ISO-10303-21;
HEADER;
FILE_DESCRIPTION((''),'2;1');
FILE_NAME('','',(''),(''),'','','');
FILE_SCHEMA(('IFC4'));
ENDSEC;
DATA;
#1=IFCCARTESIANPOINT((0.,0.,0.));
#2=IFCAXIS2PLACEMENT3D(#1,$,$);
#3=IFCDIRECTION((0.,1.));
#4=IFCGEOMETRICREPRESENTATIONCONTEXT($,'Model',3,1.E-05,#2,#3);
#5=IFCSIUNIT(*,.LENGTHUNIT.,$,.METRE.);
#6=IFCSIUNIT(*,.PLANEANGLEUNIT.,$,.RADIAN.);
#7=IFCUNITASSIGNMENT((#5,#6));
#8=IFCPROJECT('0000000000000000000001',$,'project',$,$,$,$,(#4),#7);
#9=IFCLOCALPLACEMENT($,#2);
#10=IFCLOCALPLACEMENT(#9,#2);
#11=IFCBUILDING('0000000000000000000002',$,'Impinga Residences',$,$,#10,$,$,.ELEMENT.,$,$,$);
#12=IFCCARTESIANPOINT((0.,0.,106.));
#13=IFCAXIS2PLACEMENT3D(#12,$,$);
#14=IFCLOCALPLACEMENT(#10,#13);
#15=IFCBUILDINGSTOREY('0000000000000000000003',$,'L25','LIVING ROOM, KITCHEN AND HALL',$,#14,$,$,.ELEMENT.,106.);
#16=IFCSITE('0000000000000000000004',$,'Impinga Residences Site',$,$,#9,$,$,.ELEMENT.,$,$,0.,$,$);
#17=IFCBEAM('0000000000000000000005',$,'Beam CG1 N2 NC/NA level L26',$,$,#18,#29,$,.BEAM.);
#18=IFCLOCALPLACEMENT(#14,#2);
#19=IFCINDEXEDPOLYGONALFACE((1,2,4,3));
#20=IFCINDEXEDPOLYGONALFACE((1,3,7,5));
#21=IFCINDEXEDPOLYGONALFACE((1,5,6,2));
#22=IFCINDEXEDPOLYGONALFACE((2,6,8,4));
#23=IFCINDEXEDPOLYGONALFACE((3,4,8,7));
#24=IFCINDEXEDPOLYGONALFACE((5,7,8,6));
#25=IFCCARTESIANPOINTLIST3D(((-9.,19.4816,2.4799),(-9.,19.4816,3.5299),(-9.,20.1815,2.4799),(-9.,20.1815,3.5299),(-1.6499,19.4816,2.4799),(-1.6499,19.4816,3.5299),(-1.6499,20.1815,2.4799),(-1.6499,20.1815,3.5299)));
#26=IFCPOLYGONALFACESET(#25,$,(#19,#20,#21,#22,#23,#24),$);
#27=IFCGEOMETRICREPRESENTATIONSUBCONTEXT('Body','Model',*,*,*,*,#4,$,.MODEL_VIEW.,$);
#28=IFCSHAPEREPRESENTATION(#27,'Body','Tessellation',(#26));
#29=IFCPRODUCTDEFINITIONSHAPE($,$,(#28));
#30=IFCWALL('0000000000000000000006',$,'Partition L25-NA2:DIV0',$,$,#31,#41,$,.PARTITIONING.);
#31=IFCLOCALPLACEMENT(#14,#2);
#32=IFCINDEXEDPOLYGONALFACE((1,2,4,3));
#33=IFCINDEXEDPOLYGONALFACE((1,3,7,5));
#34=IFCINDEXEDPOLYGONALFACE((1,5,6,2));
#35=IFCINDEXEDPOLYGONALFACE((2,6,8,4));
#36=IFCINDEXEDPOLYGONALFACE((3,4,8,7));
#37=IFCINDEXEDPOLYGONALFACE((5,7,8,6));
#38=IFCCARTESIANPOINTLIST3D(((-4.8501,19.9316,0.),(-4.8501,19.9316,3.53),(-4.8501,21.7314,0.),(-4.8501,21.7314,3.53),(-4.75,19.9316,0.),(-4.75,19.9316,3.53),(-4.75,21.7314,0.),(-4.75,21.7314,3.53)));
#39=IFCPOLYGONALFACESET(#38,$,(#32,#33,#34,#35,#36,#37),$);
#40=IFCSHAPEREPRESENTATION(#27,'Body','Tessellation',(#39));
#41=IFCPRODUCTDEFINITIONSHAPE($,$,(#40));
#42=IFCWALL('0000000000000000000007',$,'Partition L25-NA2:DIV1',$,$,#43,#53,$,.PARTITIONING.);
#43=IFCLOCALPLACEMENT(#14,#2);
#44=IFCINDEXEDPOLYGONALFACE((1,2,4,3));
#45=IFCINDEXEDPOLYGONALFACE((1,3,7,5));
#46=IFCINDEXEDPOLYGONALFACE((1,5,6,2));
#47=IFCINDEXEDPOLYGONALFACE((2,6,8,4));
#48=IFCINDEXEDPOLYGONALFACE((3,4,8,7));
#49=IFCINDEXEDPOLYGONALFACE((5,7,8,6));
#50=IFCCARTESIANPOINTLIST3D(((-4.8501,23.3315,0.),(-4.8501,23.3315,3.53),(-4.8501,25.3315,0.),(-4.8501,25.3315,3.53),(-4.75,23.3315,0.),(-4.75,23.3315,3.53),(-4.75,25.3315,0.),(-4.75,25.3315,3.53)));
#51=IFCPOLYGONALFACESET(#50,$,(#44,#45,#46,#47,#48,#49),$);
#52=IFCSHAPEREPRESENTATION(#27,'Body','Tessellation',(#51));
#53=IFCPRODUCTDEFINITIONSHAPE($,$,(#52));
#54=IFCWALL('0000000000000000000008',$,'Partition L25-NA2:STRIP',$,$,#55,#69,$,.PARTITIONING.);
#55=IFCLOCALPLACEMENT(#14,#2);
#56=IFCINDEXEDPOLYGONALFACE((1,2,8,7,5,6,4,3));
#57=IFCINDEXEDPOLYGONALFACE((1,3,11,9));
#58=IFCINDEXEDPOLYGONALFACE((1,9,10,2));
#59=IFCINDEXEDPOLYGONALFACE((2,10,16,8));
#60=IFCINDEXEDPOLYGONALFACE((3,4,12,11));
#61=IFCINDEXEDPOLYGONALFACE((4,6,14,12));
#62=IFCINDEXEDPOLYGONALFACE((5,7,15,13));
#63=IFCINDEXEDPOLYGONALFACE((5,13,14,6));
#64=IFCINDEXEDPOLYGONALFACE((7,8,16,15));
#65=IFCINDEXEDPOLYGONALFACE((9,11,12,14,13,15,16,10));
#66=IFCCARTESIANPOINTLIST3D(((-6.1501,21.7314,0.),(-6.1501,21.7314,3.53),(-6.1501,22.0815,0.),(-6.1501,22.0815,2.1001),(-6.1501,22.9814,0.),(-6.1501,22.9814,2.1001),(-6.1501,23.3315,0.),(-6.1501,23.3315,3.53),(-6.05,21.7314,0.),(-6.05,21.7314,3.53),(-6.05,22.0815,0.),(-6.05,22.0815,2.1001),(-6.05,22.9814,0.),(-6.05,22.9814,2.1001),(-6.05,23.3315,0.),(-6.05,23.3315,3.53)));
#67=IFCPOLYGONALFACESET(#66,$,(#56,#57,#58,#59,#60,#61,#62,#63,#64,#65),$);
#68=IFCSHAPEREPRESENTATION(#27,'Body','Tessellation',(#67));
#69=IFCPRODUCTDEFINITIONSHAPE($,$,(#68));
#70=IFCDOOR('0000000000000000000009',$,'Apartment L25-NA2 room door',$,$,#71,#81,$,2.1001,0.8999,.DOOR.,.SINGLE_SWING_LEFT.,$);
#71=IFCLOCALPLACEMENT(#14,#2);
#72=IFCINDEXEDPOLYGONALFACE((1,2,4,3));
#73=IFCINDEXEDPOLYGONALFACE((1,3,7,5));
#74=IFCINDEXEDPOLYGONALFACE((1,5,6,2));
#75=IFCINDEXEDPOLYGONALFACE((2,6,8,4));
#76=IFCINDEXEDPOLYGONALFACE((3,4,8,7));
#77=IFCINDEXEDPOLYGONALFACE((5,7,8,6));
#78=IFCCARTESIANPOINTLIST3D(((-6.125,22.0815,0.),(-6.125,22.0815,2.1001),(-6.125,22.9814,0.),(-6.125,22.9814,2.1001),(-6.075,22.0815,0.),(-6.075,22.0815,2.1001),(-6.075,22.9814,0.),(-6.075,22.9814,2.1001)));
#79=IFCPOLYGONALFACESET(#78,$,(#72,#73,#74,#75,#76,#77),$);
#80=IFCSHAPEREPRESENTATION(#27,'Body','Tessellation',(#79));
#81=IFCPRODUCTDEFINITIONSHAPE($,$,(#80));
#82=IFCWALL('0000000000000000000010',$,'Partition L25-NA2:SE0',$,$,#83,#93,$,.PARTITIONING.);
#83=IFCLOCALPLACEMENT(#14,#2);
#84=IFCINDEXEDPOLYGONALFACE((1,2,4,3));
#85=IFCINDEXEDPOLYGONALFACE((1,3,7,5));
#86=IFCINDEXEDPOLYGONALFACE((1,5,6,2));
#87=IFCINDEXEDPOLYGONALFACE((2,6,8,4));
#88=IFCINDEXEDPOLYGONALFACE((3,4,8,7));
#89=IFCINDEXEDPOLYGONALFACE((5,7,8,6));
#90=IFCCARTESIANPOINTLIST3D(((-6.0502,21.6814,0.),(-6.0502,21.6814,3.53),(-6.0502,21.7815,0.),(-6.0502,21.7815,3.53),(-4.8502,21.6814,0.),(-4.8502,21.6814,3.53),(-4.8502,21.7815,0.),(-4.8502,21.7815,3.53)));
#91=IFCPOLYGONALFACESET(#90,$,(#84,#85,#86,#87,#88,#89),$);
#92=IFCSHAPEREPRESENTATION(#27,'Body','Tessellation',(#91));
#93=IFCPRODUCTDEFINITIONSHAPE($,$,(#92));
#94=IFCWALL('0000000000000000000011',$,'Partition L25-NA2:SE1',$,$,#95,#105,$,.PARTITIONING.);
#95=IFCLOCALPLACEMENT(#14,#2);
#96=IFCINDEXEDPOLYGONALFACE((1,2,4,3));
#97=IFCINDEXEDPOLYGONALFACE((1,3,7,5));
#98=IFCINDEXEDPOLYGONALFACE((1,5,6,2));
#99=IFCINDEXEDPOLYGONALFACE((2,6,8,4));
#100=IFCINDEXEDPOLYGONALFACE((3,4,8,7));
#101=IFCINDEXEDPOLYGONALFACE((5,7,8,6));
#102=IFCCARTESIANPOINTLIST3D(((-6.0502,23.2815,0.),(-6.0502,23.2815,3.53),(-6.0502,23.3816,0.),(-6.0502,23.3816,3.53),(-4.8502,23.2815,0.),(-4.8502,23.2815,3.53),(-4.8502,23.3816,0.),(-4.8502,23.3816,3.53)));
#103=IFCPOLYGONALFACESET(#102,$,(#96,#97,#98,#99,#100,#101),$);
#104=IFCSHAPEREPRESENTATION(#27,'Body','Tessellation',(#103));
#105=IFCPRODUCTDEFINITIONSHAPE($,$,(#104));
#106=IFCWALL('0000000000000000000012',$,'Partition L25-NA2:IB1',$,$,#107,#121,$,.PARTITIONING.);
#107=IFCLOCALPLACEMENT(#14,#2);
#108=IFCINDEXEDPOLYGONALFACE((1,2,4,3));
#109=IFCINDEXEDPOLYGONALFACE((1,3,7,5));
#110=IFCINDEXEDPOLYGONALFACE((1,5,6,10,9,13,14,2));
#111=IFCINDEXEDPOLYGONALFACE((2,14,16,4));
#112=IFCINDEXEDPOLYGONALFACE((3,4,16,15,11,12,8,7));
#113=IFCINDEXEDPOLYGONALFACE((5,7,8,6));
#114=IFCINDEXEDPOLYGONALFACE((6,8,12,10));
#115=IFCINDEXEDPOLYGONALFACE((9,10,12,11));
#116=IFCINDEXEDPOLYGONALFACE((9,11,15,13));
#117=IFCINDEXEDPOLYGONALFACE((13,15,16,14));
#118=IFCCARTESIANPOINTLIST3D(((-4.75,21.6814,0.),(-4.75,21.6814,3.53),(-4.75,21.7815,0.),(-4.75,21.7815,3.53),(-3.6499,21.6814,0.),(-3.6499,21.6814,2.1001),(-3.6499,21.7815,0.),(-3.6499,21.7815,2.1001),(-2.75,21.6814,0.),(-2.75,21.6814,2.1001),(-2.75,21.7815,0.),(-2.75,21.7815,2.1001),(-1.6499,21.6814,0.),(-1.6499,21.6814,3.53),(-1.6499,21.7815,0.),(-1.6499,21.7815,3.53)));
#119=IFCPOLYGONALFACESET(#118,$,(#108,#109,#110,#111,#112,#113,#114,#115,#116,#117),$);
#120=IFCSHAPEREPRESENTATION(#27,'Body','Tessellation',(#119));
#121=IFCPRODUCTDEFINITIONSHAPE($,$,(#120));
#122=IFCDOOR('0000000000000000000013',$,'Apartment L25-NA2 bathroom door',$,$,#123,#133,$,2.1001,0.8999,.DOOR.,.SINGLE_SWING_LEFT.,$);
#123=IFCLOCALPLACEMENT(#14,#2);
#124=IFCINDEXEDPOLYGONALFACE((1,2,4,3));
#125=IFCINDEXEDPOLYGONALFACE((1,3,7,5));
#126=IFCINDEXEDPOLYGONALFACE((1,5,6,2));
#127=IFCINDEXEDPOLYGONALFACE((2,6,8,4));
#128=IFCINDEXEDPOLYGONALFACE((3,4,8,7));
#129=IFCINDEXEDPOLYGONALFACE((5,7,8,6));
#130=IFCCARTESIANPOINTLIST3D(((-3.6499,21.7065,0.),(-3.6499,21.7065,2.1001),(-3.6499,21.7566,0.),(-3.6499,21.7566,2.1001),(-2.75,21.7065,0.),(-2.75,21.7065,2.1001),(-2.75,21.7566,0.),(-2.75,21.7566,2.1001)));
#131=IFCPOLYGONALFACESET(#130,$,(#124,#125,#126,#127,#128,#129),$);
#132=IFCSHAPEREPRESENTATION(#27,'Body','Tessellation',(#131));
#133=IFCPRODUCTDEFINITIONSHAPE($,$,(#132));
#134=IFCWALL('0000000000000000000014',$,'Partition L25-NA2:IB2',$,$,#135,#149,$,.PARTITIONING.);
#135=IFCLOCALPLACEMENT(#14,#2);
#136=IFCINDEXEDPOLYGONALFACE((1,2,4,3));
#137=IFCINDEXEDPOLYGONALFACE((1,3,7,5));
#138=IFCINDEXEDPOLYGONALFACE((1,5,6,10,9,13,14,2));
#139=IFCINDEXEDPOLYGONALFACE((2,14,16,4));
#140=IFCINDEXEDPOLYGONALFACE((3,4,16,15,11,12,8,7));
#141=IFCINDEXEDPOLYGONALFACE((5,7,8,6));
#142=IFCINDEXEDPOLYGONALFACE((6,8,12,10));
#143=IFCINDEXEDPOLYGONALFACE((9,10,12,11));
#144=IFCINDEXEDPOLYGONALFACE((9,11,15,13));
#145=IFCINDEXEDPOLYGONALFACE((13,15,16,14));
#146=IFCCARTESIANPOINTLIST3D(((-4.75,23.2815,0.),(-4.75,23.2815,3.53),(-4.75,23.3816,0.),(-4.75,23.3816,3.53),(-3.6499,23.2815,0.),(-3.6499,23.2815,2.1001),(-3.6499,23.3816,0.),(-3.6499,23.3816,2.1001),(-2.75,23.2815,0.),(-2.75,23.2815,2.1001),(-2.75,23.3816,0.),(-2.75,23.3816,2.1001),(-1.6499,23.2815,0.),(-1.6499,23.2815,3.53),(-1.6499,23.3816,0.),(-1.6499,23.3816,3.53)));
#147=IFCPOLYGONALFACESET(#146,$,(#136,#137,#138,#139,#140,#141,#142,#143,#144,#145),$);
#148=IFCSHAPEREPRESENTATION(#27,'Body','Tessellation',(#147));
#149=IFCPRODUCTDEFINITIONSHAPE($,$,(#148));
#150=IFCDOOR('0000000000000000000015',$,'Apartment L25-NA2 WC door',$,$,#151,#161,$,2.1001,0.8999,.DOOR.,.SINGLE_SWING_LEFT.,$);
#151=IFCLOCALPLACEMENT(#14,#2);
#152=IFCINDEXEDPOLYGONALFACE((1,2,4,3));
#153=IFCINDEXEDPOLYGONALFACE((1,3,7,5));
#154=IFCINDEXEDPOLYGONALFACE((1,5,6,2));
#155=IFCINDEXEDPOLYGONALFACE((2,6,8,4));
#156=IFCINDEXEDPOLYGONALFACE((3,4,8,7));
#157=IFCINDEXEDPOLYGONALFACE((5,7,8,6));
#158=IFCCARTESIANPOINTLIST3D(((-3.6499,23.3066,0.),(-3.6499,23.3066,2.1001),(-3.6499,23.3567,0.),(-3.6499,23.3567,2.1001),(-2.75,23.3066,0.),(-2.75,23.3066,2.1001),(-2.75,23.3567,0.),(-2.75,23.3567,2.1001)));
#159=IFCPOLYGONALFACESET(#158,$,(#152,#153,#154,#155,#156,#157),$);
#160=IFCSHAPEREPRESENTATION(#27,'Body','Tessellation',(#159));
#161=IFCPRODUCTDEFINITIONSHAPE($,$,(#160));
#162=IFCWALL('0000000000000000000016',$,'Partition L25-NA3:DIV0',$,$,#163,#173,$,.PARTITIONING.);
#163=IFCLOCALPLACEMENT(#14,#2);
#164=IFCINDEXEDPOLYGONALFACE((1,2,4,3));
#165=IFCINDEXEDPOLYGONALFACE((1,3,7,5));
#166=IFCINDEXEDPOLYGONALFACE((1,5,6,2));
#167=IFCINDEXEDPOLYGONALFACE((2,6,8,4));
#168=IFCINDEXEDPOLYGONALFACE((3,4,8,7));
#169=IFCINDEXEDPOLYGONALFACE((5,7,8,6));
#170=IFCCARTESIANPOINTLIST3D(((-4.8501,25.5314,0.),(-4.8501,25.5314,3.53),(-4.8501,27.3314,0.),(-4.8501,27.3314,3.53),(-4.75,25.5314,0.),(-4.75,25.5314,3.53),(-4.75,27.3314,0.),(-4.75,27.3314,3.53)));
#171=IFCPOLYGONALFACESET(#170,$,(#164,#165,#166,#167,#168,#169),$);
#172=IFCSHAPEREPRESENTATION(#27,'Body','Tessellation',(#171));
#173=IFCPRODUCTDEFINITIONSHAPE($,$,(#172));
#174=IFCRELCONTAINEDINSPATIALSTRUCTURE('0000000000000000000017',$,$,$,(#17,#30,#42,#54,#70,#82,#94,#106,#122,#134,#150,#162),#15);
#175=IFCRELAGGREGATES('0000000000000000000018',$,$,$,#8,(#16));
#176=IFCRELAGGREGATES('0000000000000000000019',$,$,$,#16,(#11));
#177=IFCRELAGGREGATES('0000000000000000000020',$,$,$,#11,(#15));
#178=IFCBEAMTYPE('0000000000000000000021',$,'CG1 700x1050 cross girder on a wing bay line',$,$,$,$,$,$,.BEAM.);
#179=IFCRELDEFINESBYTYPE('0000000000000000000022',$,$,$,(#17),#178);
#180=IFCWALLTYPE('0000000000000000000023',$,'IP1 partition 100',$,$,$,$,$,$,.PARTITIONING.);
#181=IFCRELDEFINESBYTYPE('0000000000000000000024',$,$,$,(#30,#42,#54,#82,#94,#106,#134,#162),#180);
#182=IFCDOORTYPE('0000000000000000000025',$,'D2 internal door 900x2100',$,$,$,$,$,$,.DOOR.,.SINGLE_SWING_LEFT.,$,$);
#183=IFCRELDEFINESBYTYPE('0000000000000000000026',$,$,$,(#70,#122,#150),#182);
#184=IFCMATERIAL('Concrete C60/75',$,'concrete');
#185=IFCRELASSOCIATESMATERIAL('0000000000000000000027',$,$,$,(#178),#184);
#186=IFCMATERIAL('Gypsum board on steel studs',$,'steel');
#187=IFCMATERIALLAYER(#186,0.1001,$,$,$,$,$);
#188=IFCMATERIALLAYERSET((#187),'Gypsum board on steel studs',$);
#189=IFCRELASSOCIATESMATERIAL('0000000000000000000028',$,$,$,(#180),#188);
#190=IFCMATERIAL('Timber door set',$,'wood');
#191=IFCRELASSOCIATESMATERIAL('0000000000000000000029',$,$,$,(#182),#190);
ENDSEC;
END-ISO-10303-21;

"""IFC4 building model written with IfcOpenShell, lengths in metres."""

from ifc_helpers import new_model, si_unit, direction, frame, frame_2d, origin, origin_2d, place, context, subcontext, project, spatial, rectangle, extrude, material, layer, layer_set, material_profile, profile_set, type_object, element, fill, save


model = new_model("IFC4")

# Units and contexts
model_context = context("Model", 3, precision=1e-05, world=origin(), true_north=direction((0.0, 1.0)))
body_context = subcontext(model_context, "Body", "Model", "MODEL_VIEW")
ifc_project = project(units=[si_unit("LENGTHUNIT", "METRE"), si_unit("PLANEANGLEUNIT", "RADIAN")], contexts=[model_context])

# Site, building, storey
site_placement = place(None, origin())
site = spatial("IfcSite", under=ifc_project, at=site_placement, Name="Impinga Residences Site", CompositionType="ELEMENT", RefElevation=0.0)
building_placement = place(site_placement, origin())
building = spatial("IfcBuilding", under=site, at=building_placement, Name="Impinga Residences", CompositionType="ELEMENT")
storey_placement = place(building_placement, frame((0.0, 0.0, 106.0)))
storey = spatial("IfcBuildingStorey", under=building, at=storey_placement, Name="L25", Description="LIVING ROOM, KITCHEN AND HALL", CompositionType="ELEMENT", Elevation=106.0)

# Beam
ifc_material_1 = material(Name="Concrete C60/75", Category="concrete")
ifc_material_profile = material_profile(ifc_material_1, rectangle(XDim=0.7, YDim=1.05, at=origin_2d()), Name="RC 700x1050")
ifc_profile_set = profile_set([ifc_material_profile], Name="Concrete C60/75")
beam_type = type_object("IfcBeamType", Name="CG1 700x1050 cross girder on a wing bay line", PredefinedType="BEAM", material=ifc_profile_set)
beam_placement = place(storey_placement, frame((-1.6499, 19.8315, 3.0049), z_axis=(-1.0, 0.0, 0.0), x_axis=(0.0, -1.0, 0.0)))
element("IfcBeam", 1, at=beam_placement, inside=storey, type_object=beam_type, Name="Beam CG1 N2 NC/NA level L26", PredefinedType="BEAM", context=body_context, shape_type="SweptSolid", body=[
    extrude(rectangle(XDim=0.7, YDim=1.05, at=origin_2d()), origin(), (0.0, 0.0, 1.0), 7.3501),
])

# Walls
ifc_material_2 = material(Name="Gypsum board on steel studs", Category="steel")
ifc_layer_1 = layer(ifc_material_2, 0.1001)
ifc_layer_set_1 = layer_set([ifc_layer_1], Name="Gypsum board on steel studs")
wall_type_1 = type_object("IfcWallType", Name="IP1 partition 100", PredefinedType="PARTITIONING", material=ifc_layer_set_1)
wall_1_placement = place(storey_placement, frame((-4.8, 19.9316, 0.0), z_axis=(0.0, 0.0, 1.0), x_axis=(0.0, 1.0, 0.0)))
element("IfcWall", 2, at=wall_1_placement, inside=storey, type_object=wall_type_1, Name="Partition L25-NA2:DIV0", PredefinedType="PARTITIONING", context=body_context, shape_type="SweptSolid", body=[
    extrude(rectangle(XDim=1.7998, YDim=0.1001, at=frame_2d((0.8999, 0.0))), origin(), (0.0, 0.0, 1.0), 3.53),
])
wall_2_placement = place(storey_placement, frame((-4.8, 23.3315, 0.0), z_axis=(0.0, 0.0, 1.0), x_axis=(0.0, 1.0, 0.0)))
element("IfcWall", 3, at=wall_2_placement, inside=storey, type_object=wall_type_1, Name="Partition L25-NA2:DIV1", PredefinedType="PARTITIONING", context=body_context, shape_type="SweptSolid", body=[
    extrude(rectangle(XDim=2.0, YDim=0.1001, at=frame_2d((1.0, 0.0))), origin(), (0.0, 0.0, 1.0), 3.53),
])

# Wall, opening, door
wall_3_placement = place(storey_placement, frame((-6.1001, 21.7314, 0.0), z_axis=(0.0, 0.0, 1.0), x_axis=(0.0, 1.0, 0.0)))
wall_3 = element("IfcWall", 4, at=wall_3_placement, inside=storey, type_object=wall_type_1, Name="Partition L25-NA2:STRIP", PredefinedType="PARTITIONING", context=body_context, shape_type="SweptSolid", body=[
    extrude(rectangle(XDim=1.6001, YDim=0.1001, at=frame_2d((0.8, 0.0))), origin(), (0.0, 0.0, 1.0), 3.53),
])
opening_1_placement = place(wall_3_placement, frame((0.3501, 0.0, 0.0)))
opening_1 = element("IfcOpeningElement", 5, at=opening_1_placement, cuts=wall_3, PredefinedType="OPENING", context=body_context, shape_type="SweptSolid", body=[
    extrude(rectangle(XDim=0.8999, YDim=2.1001, at=frame_2d((0.45, 1.05))), frame((0.0, 0.0601, 0.0), z_axis=(0.0, -1.0, 0.0), x_axis=(1.0, 0.0, 0.0)), (0.0, 0.0, 1.0), 0.1201),
])
ifc_material_3 = material(Name="Timber door set", Category="wood")
door_type = type_object("IfcDoorType", Name="D2 internal door 900x2100", OperationType="SINGLE_SWING_LEFT", PredefinedType="DOOR", material=ifc_material_3)
door_1_placement = place(opening_1_placement, origin())
door_1 = element("IfcDoor", 6, at=door_1_placement, inside=storey, type_object=door_type, Name="Apartment L25-NA2 room door", OperationType="SINGLE_SWING_LEFT", OverallHeight=2.1001, OverallWidth=0.8999, PredefinedType="DOOR", context=body_context, shape_type="SweptSolid", body=[
    extrude(rectangle(XDim=0.8999, YDim=2.1001, at=frame_2d((0.45, 1.05))), frame((0.0, 0.0249, 0.0), z_axis=(0.0, -1.0, 0.0), x_axis=(1.0, 0.0, 0.0)), (0.0, 0.0, 1.0), 0.05),
])
fill(opening_1, door_1)

# Walls
for number, where, z_axis, x_axis, name in (
    (7, (-4.8501, 21.7314, 0.0), (0.0, 0.0, 1.0), (-1.0, 0.0, 0.0), "Partition L25-NA2:SE0"),
    (8, (-4.8501, 23.3315, 0.0), (0.0, 0.0, 1.0), (-1.0, 0.0, 0.0), "Partition L25-NA2:SE1"),
):
    element("IfcWall", number, at=place(storey_placement, frame(where, z_axis=z_axis, x_axis=x_axis)), inside=storey, type_object=wall_type_1, Name=name, PredefinedType="PARTITIONING", context=body_context, shape_type="SweptSolid", body=[
        extrude(rectangle(XDim=1.2, YDim=0.1001, at=frame_2d((0.6001, 0.0))), origin(), (0.0, 0.0, 1.0), 3.53),
    ])

# Walls, openings, doors
wall_4_placement = place(storey_placement, frame((-1.6499, 21.7314, 0.0), z_axis=(0.0, 0.0, 1.0), x_axis=(-1.0, 0.0, 0.0)))
wall_4 = element("IfcWall", 9, at=wall_4_placement, inside=storey, type_object=wall_type_1, Name="Partition L25-NA2:IB1", PredefinedType="PARTITIONING", context=body_context, shape_type="SweptSolid", body=[
    extrude(rectangle(XDim=3.1001, YDim=0.1001, at=frame_2d((1.55, 0.0))), origin(), (0.0, 0.0, 1.0), 3.53),
])
opening_2_placement = place(wall_4_placement, frame((1.1001, 0.0, 0.0)))
opening_2 = element("IfcOpeningElement", 10, at=opening_2_placement, cuts=wall_4, PredefinedType="OPENING", context=body_context, shape_type="SweptSolid", body=[
    extrude(rectangle(XDim=0.8999, YDim=2.1001, at=frame_2d((0.45, 1.05))), frame((0.0, 0.0601, 0.0), z_axis=(0.0, -1.0, 0.0), x_axis=(1.0, 0.0, 0.0)), (0.0, 0.0, 1.0), 0.1201),
])
door_2_placement = place(opening_2_placement, origin())
door_2 = element("IfcDoor", 11, at=door_2_placement, inside=storey, type_object=door_type, Name="Apartment L25-NA2 bathroom door", OperationType="SINGLE_SWING_LEFT", OverallHeight=2.1001, OverallWidth=0.8999, PredefinedType="DOOR", context=body_context, shape_type="SweptSolid", body=[
    extrude(rectangle(XDim=0.8999, YDim=2.1001, at=frame_2d((0.45, 1.05))), frame((0.0, 0.0249, 0.0), z_axis=(0.0, -1.0, 0.0), x_axis=(1.0, 0.0, 0.0)), (0.0, 0.0, 1.0), 0.05),
])
fill(opening_2, door_2)
wall_5_placement = place(storey_placement, frame((-1.6499, 23.3315, 0.0), z_axis=(0.0, 0.0, 1.0), x_axis=(-1.0, 0.0, 0.0)))
wall_5 = element("IfcWall", 12, at=wall_5_placement, inside=storey, type_object=wall_type_1, Name="Partition L25-NA2:IB2", PredefinedType="PARTITIONING", context=body_context, shape_type="SweptSolid", body=[
    extrude(rectangle(XDim=3.1001, YDim=0.1001, at=frame_2d((1.55, 0.0))), origin(), (0.0, 0.0, 1.0), 3.53),
])
opening_3_placement = place(wall_5_placement, frame((1.1001, 0.0, 0.0)))
opening_3 = element("IfcOpeningElement", 13, at=opening_3_placement, cuts=wall_5, PredefinedType="OPENING", context=body_context, shape_type="SweptSolid", body=[
    extrude(rectangle(XDim=0.8999, YDim=2.1001, at=frame_2d((0.45, 1.05))), frame((0.0, 0.0601, 0.0), z_axis=(0.0, -1.0, 0.0), x_axis=(1.0, 0.0, 0.0)), (0.0, 0.0, 1.0), 0.1201),
])
door_3_placement = place(opening_3_placement, origin())
door_3 = element("IfcDoor", 14, at=door_3_placement, inside=storey, type_object=door_type, Name="Apartment L25-NA2 WC door", OperationType="SINGLE_SWING_LEFT", OverallHeight=2.1001, OverallWidth=0.8999, PredefinedType="DOOR", context=body_context, shape_type="SweptSolid", body=[
    extrude(rectangle(XDim=0.8999, YDim=2.1001, at=frame_2d((0.45, 1.05))), frame((0.0, 0.0249, 0.0), z_axis=(0.0, -1.0, 0.0), x_axis=(1.0, 0.0, 0.0)), (0.0, 0.0, 1.0), 0.05),
])
fill(opening_3, door_3)

# Wall
wall_6_placement = place(storey_placement, frame((-4.8, 25.5315, 0.0), z_axis=(0.0, 0.0, 1.0), x_axis=(0.0, 1.0, 0.0)))
element("IfcWall", 15, at=wall_6_placement, inside=storey, type_object=wall_type_1, Name="Partition L25-NA3:DIV0", PredefinedType="PARTITIONING", context=body_context, shape_type="SweptSolid", body=[
    extrude(rectangle(XDim=1.8, YDim=0.1001, at=frame_2d((0.8999, 0.0))), origin(), (0.0, 0.0, 1.0), 3.53),
])

save(model, "model.ifc")
